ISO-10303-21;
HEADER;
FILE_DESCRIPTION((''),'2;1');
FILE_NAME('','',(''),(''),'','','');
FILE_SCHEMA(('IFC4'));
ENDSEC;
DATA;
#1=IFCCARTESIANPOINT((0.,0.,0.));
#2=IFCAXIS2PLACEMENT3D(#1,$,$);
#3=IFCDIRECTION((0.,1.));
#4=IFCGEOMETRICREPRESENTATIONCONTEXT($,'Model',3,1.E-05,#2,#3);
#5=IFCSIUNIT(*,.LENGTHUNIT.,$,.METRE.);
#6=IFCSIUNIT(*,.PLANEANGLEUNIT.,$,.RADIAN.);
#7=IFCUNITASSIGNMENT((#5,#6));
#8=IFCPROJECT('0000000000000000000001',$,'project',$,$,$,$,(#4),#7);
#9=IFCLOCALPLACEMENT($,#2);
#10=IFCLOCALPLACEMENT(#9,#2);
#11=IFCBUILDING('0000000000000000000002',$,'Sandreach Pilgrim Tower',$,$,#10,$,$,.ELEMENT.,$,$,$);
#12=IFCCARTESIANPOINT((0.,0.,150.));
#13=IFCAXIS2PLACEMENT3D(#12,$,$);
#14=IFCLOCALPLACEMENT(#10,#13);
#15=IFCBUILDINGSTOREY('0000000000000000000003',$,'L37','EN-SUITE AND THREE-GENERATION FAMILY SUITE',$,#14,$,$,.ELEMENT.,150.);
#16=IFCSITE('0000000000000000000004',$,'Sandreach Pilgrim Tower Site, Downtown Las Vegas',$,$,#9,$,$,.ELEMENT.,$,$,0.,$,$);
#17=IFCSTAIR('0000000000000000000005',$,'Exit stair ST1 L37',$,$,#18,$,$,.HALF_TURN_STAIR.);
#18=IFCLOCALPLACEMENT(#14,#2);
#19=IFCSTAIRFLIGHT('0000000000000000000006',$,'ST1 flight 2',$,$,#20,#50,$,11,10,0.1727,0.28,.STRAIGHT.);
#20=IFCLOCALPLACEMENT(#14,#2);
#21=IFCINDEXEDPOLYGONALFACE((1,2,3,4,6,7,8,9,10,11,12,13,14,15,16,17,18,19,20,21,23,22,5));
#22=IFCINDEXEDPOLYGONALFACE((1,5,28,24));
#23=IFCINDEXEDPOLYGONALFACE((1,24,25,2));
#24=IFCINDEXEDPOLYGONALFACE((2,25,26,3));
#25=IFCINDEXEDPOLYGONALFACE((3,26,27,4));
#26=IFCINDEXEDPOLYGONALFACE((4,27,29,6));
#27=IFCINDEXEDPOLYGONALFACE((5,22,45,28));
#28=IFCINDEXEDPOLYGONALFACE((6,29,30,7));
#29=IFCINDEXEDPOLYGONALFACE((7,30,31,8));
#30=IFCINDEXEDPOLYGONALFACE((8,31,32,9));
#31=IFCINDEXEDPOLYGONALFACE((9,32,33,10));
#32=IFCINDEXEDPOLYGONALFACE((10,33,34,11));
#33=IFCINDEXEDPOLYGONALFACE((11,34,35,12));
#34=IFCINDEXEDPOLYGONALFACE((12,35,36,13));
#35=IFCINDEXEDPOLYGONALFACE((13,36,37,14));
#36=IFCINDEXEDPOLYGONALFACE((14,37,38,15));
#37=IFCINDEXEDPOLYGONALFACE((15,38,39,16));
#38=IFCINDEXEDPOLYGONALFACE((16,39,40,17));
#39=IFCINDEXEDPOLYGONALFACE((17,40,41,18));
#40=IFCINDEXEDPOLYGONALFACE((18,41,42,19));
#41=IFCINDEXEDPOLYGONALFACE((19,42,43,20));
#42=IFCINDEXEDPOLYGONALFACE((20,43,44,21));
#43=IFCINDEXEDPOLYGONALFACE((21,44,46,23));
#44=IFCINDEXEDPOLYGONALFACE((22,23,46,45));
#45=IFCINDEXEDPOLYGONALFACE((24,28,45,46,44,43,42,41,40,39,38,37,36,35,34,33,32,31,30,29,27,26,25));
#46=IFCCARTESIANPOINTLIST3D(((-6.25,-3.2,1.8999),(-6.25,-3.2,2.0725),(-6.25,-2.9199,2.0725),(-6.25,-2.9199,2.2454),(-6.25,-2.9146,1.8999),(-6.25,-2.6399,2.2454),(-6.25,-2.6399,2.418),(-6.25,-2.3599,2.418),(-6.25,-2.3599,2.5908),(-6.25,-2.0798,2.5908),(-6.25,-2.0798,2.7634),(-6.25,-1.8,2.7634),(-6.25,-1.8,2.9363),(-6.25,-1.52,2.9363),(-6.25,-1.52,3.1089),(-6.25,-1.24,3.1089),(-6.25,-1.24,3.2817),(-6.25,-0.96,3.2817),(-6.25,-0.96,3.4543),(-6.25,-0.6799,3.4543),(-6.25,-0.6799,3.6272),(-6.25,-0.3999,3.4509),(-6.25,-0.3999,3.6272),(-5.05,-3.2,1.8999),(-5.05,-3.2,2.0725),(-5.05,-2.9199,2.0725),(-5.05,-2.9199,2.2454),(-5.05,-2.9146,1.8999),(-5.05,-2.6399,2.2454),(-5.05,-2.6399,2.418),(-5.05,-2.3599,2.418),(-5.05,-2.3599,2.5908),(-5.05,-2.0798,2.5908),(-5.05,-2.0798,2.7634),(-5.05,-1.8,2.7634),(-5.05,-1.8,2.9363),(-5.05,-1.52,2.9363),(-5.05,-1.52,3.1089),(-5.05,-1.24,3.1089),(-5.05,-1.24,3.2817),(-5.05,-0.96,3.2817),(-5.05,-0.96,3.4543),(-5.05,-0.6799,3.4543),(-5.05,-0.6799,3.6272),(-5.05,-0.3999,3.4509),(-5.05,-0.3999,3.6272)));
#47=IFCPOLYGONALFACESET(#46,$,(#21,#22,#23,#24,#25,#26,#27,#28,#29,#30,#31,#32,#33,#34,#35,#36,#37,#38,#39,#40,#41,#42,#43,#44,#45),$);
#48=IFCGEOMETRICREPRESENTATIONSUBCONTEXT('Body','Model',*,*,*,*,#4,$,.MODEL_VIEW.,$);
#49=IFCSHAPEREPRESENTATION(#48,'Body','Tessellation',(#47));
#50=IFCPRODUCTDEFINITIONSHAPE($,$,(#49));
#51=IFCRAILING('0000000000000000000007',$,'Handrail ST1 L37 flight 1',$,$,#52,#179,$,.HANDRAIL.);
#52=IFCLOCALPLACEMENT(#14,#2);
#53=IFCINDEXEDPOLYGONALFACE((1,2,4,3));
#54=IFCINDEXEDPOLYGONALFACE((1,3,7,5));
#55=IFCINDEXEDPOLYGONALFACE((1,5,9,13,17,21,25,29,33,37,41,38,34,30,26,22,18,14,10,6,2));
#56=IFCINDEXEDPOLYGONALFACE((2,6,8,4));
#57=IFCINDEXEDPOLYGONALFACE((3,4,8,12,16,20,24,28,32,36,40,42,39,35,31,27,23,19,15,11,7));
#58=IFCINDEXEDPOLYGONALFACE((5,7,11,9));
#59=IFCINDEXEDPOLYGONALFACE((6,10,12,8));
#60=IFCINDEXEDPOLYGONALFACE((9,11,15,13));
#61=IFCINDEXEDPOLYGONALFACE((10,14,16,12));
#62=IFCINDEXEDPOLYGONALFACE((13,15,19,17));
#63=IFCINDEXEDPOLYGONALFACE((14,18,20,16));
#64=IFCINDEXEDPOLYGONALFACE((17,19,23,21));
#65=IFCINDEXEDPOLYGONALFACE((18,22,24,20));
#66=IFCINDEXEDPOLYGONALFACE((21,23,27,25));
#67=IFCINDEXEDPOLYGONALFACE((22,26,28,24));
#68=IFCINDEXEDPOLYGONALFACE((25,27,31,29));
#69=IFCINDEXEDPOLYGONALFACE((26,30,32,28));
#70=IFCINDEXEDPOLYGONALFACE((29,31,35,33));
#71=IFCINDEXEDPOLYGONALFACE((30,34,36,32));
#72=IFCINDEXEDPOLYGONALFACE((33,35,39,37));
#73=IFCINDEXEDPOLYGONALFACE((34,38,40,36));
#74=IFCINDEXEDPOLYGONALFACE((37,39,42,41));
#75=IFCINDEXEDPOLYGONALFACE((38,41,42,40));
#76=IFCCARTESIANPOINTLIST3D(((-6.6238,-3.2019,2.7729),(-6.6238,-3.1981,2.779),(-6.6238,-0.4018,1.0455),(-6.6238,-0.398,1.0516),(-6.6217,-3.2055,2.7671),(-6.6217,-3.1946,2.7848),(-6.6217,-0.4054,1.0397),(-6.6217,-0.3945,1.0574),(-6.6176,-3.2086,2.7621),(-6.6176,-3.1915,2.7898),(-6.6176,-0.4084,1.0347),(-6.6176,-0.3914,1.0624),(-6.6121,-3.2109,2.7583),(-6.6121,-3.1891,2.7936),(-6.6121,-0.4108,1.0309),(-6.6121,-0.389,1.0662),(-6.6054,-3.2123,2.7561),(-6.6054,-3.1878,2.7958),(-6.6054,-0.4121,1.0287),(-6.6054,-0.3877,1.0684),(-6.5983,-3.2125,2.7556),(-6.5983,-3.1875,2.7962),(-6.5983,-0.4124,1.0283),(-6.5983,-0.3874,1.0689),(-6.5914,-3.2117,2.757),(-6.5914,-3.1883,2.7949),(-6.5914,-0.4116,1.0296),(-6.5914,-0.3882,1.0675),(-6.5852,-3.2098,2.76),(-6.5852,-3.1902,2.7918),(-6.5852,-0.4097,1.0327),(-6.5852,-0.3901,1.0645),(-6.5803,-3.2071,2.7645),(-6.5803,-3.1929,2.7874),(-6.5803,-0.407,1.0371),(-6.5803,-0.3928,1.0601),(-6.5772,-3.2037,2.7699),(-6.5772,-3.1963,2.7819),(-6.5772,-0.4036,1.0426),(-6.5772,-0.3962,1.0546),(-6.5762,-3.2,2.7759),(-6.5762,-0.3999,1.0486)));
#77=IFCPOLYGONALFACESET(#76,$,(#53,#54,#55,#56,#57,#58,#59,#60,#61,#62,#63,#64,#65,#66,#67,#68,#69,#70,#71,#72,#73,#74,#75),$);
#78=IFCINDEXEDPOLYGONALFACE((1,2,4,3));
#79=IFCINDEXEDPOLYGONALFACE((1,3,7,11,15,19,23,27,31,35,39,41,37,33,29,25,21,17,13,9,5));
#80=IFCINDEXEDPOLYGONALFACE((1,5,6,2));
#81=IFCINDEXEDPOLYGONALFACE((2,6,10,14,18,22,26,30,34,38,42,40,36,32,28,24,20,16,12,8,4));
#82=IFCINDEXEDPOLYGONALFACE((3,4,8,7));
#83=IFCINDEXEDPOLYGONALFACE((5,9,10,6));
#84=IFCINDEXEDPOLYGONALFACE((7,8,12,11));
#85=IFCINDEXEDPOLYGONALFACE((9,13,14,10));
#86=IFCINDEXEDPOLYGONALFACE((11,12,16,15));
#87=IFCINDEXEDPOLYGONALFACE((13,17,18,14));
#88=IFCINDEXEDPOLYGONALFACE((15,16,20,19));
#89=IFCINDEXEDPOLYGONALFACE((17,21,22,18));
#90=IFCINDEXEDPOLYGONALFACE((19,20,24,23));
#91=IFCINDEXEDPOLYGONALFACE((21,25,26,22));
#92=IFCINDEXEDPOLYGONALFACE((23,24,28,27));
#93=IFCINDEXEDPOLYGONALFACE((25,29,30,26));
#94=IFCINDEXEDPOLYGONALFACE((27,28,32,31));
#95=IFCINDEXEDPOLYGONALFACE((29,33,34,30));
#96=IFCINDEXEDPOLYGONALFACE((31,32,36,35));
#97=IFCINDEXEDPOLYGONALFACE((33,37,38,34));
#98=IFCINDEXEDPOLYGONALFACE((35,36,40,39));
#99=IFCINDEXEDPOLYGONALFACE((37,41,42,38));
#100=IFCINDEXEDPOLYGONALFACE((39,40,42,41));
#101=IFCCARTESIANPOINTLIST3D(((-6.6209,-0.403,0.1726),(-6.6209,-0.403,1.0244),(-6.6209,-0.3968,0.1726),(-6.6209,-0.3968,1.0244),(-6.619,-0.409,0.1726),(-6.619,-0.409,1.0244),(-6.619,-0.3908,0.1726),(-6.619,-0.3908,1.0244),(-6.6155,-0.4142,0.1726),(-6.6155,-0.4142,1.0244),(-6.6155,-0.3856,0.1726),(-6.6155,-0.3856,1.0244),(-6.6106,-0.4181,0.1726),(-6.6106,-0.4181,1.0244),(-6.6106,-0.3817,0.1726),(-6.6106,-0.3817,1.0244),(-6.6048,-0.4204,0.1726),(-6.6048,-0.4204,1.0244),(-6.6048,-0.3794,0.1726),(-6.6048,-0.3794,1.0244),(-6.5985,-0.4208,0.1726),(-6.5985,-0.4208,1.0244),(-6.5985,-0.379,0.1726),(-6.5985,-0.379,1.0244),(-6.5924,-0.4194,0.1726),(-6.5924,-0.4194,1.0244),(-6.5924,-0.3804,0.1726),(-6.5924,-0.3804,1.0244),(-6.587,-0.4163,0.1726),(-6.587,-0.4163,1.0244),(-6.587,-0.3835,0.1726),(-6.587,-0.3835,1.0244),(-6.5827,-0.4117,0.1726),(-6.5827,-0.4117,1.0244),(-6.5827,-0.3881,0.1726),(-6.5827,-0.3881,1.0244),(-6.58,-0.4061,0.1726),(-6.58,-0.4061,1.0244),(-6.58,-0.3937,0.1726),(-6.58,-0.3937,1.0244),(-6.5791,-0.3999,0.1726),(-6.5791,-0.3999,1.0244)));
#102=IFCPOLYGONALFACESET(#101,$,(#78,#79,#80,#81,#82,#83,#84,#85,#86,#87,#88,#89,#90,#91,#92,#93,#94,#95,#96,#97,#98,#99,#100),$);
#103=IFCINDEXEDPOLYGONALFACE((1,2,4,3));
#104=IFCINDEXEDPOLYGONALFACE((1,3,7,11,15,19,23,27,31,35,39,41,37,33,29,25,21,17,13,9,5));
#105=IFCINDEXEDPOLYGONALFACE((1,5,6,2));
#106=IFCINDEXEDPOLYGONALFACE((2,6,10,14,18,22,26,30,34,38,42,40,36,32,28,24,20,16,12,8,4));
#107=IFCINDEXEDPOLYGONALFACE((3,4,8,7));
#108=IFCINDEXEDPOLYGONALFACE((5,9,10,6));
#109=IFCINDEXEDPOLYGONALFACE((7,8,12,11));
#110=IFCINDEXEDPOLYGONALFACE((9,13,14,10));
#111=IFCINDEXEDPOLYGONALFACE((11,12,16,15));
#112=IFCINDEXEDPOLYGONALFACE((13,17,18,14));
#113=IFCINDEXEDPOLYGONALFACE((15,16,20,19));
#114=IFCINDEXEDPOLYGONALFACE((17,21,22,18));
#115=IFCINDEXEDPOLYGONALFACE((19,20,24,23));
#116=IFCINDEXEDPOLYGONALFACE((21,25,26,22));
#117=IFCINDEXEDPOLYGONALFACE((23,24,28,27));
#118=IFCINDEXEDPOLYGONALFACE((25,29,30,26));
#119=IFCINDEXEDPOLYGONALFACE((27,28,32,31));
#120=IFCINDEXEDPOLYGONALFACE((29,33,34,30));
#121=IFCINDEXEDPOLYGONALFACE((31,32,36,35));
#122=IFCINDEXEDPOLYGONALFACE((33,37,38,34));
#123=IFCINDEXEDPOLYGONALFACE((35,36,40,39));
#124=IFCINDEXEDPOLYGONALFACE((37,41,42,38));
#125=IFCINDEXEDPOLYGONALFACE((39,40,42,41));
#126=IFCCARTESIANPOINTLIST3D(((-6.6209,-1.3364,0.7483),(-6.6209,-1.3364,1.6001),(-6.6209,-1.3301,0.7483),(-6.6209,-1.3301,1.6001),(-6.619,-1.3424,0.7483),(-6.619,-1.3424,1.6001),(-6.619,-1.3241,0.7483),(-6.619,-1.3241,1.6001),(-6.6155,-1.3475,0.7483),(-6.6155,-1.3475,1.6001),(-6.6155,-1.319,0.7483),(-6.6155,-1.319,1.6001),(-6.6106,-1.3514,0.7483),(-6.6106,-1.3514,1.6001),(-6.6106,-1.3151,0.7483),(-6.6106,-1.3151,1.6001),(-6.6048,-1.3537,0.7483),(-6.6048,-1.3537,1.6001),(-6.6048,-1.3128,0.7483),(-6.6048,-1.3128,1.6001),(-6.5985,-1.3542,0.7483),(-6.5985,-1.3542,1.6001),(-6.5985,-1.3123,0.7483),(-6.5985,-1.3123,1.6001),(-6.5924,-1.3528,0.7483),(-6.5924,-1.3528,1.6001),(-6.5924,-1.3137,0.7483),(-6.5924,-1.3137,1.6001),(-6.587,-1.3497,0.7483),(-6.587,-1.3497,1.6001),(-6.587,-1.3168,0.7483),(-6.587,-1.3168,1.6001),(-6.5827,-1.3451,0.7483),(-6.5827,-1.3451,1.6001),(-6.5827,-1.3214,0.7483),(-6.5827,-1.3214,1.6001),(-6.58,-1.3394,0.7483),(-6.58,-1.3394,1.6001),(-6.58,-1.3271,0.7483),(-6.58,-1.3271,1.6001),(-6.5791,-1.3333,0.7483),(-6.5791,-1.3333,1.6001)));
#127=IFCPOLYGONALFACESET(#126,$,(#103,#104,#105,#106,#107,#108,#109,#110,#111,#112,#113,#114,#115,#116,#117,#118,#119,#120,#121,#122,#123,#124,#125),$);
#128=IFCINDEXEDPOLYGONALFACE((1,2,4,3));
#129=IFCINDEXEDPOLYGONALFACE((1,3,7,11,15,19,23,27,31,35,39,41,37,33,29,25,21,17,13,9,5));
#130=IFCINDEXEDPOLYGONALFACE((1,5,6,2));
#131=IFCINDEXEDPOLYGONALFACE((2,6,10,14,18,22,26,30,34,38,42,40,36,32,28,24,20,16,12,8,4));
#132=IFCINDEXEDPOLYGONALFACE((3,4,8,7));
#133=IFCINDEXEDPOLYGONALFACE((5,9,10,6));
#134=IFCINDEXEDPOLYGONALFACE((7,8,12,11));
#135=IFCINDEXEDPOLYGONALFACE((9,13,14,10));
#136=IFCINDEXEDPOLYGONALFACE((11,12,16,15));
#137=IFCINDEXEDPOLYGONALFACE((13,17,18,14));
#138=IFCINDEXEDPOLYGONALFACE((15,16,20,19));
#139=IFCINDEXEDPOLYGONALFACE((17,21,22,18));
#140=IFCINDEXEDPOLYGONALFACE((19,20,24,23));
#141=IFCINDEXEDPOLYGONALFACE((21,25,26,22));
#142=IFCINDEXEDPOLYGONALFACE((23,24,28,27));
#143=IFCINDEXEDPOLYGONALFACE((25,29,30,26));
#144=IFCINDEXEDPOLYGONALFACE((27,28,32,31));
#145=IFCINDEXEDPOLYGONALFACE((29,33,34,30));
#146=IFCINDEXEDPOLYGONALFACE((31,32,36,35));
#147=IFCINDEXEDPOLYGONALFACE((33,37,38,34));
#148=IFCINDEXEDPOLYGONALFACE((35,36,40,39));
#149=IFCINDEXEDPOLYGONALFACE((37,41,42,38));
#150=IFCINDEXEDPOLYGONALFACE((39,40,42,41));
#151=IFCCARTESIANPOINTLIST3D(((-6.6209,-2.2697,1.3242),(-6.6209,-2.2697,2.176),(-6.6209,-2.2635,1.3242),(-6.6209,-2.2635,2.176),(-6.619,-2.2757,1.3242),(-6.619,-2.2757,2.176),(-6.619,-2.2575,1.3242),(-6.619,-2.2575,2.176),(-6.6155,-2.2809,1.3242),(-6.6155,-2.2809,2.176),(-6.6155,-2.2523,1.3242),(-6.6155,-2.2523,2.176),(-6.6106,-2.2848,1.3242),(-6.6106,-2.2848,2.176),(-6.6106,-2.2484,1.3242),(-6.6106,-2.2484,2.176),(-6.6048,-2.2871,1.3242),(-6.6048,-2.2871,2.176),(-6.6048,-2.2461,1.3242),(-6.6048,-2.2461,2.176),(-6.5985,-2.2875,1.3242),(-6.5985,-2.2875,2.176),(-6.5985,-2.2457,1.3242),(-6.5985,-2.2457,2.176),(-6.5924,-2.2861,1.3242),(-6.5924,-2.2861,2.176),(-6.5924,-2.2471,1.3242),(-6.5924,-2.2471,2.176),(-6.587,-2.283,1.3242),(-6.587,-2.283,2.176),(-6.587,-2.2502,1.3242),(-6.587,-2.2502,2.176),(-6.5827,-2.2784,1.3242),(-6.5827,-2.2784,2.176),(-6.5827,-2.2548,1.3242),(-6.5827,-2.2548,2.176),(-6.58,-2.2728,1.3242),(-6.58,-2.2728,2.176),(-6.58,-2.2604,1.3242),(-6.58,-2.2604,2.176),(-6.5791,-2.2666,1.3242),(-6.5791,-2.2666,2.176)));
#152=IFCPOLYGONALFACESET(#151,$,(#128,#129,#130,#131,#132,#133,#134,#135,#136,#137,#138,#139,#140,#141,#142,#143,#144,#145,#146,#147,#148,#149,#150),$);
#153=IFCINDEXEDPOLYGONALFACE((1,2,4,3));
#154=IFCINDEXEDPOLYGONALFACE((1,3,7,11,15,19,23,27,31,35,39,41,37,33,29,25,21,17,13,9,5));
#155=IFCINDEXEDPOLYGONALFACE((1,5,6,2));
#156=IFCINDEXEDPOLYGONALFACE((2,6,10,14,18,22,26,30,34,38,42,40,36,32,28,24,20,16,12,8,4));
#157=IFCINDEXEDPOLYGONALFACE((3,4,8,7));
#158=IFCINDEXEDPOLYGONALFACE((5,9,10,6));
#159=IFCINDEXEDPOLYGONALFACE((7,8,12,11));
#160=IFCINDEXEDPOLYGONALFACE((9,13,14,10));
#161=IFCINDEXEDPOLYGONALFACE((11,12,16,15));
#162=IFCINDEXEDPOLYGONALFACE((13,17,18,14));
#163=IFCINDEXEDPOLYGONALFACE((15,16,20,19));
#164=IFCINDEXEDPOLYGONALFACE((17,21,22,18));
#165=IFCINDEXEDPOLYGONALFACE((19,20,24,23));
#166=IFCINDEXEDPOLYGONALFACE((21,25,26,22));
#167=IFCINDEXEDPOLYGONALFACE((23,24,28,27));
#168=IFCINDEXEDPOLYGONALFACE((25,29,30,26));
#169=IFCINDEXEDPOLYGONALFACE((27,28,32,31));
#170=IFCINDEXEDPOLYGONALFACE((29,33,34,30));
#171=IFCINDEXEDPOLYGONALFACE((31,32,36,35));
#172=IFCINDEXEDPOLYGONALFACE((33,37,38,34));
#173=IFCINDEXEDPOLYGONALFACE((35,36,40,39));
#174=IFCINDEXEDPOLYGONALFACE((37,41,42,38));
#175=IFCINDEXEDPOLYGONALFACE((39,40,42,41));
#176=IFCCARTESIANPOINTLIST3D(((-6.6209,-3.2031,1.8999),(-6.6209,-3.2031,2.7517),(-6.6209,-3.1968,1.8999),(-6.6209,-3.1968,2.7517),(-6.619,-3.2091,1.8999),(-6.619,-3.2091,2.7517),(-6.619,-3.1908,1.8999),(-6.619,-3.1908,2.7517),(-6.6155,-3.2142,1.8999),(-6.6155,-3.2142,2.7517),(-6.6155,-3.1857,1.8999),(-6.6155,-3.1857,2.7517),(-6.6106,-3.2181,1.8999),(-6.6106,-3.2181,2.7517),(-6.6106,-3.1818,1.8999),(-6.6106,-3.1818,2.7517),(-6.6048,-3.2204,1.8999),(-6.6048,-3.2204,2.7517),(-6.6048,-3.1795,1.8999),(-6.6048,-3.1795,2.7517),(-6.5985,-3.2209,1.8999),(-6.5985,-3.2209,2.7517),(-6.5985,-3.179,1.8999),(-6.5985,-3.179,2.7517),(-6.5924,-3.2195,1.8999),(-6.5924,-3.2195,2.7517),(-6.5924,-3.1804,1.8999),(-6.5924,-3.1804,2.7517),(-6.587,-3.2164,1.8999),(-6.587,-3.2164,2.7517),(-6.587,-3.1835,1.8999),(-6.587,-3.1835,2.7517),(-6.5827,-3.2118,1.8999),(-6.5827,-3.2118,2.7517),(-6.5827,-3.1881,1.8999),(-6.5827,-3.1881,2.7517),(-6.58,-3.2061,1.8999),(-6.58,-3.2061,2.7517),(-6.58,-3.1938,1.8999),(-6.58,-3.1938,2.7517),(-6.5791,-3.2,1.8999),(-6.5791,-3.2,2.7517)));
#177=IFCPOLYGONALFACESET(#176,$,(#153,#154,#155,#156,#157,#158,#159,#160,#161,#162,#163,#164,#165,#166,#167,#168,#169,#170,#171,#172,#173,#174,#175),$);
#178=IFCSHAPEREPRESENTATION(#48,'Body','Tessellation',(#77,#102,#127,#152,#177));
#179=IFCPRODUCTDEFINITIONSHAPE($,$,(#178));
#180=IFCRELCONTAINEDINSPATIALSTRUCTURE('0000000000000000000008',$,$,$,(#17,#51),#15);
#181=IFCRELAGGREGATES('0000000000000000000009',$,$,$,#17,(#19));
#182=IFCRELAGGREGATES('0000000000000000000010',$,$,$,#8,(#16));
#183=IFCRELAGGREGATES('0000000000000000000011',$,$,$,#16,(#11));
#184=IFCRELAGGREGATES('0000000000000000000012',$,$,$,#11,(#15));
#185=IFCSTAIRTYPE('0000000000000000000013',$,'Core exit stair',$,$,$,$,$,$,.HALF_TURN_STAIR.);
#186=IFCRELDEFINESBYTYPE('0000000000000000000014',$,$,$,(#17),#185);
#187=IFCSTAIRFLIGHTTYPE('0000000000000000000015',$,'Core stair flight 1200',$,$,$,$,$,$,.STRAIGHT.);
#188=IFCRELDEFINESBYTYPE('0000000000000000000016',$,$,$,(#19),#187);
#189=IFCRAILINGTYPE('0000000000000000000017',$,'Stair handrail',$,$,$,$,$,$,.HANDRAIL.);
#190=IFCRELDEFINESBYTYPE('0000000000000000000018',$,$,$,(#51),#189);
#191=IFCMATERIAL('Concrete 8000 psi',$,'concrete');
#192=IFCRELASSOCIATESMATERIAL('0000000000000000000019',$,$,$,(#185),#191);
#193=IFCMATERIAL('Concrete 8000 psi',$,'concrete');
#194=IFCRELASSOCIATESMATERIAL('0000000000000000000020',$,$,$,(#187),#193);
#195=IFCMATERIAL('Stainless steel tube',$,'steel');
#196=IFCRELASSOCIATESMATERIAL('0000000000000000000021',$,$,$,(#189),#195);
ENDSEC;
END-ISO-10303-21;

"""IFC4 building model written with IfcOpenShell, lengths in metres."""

from ifc_helpers import new_model, si_unit, direction, frame, origin, origin_2d, place, context, subcontext, project, spatial, polyline, circle, outline, extrude, material, type_object, element, aggregate, save


model = new_model("IFC4")

# Units and contexts
model_context = context("Model", 3, precision=1e-05, world=origin(), true_north=direction((0.0, 1.0)))
body_context = subcontext(model_context, "Body", "Model", "MODEL_VIEW")
ifc_project = project(units=[si_unit("LENGTHUNIT", "METRE"), si_unit("PLANEANGLEUNIT", "RADIAN")], contexts=[model_context])

# Site, building, storey
site_placement = place(None, origin())
site = spatial("IfcSite", under=ifc_project, at=site_placement, Name="Sandreach Pilgrim Tower Site, Downtown Las Vegas", CompositionType="ELEMENT", RefElevation=0.0)
building_placement = place(site_placement, origin())
building = spatial("IfcBuilding", under=site, at=building_placement, Name="Sandreach Pilgrim Tower", CompositionType="ELEMENT")
storey_placement = place(building_placement, frame((0.0, 0.0, 150.0)))
storey = spatial("IfcBuildingStorey", under=building, at=storey_placement, Name="L37", Description="EN-SUITE AND THREE-GENERATION FAMILY SUITE", CompositionType="ELEMENT", Elevation=150.0)

# Stair, stair flight
ifc_material_1 = material(Name="Concrete 8000 psi", Category="concrete")
stair_type = type_object("IfcStairType", Name="Core exit stair", PredefinedType="HALF_TURN_STAIR", material=ifc_material_1)
stair_placement = place(storey_placement, origin())
stair = element("IfcStair", 1, at=stair_placement, inside=storey, type_object=stair_type, Name="Exit stair ST1 L37", PredefinedType="HALF_TURN_STAIR")
ifc_material_2 = material(Name="Concrete 8000 psi", Category="concrete")
stair_flight_type = type_object("IfcStairFlightType", Name="Core stair flight 1200", PredefinedType="STRAIGHT", material=ifc_material_2)
stair_flight_1_placement = place(storey_placement, frame((-5.6499, -3.2, 1.8999), z_axis=(0.0, 0.0, 1.0), x_axis=(0.0, 1.0, 0.0)))
stair_flight_1 = element("IfcStairFlight", 2, at=stair_flight_1_placement, type_object=stair_flight_type, Name="ST1 flight 2", NumberOfRisers=11, NumberOfTreads=10, PredefinedType="STRAIGHT", RiserHeight=0.1727, TreadLength=0.28, context=body_context, shape_type="SweptSolid", body=[
    extrude(outline(polyline([(0.0, 0.0), (0.0, 0.1726), (0.28, 0.1726), (0.28, 0.3455), (0.5601, 0.3455), (0.5601, 0.5181), (0.8401, 0.5181), (0.8401, 0.6909), (1.1201, 0.6909), (1.1201, 0.8635), (1.3999, 0.8635), (1.3999, 1.0364), (1.6799, 1.0364), (1.6799, 1.209), (1.96, 1.209), (1.96, 1.3818), (2.24, 1.3818), (2.24, 1.5544), (2.52, 1.5544), (2.52, 1.7273), (2.8, 1.7273), (2.8, 1.8999), (2.8, 1.551), (0.2854, 0.0), (0.0, 0.0)])), frame((0.0, 0.6001, 0.0), z_axis=(0.0, -1.0, 0.0), x_axis=(1.0, 0.0, 0.0)), (0.0, 0.0, 1.0), 1.2),
])
aggregate(stair, [stair_flight_1])

# Railing
ifc_material_3 = material(Name="Stainless steel tube", Category="steel")
railing_type = type_object("IfcRailingType", Name="Stair handrail", PredefinedType="HANDRAIL", material=ifc_material_3)
for number, where, name in (
    (3, (-6.6001, -0.3999, 0.1726), "Handrail ST1 L37 flight 1"),
):
    element("IfcRailing", number, at=place(storey_placement, frame(where)), inside=storey, type_object=railing_type, Name=name, PredefinedType="HANDRAIL", context=body_context, shape_type="SweptSolid", body=[
        extrude(circle(Radius=0.0239, at=origin_2d()), frame((0.0, 0.0, 0.876), z_axis=(0.0, -0.85109, 0.52502), x_axis=(1.0, 0.0, 0.0)), (0.0, 0.0, 1.0), 3.29),
        extrude(circle(Radius=0.021, at=origin_2d()), origin(), (0.0, 0.0, 1.0), 0.8518),
        extrude(circle(Radius=0.021, at=origin_2d()), frame((0.0, -0.9333, 0.5757)), (0.0, 0.0, 1.0), 0.8518),
        extrude(circle(Radius=0.021, at=origin_2d()), frame((0.0, -1.8667, 1.1516)), (0.0, 0.0, 1.0), 0.8518),
        extrude(circle(Radius=0.021, at=origin_2d()), frame((0.0, -2.8, 1.7273)), (0.0, 0.0, 1.0), 0.8518),
    ])

save(model, "model.ifc")
